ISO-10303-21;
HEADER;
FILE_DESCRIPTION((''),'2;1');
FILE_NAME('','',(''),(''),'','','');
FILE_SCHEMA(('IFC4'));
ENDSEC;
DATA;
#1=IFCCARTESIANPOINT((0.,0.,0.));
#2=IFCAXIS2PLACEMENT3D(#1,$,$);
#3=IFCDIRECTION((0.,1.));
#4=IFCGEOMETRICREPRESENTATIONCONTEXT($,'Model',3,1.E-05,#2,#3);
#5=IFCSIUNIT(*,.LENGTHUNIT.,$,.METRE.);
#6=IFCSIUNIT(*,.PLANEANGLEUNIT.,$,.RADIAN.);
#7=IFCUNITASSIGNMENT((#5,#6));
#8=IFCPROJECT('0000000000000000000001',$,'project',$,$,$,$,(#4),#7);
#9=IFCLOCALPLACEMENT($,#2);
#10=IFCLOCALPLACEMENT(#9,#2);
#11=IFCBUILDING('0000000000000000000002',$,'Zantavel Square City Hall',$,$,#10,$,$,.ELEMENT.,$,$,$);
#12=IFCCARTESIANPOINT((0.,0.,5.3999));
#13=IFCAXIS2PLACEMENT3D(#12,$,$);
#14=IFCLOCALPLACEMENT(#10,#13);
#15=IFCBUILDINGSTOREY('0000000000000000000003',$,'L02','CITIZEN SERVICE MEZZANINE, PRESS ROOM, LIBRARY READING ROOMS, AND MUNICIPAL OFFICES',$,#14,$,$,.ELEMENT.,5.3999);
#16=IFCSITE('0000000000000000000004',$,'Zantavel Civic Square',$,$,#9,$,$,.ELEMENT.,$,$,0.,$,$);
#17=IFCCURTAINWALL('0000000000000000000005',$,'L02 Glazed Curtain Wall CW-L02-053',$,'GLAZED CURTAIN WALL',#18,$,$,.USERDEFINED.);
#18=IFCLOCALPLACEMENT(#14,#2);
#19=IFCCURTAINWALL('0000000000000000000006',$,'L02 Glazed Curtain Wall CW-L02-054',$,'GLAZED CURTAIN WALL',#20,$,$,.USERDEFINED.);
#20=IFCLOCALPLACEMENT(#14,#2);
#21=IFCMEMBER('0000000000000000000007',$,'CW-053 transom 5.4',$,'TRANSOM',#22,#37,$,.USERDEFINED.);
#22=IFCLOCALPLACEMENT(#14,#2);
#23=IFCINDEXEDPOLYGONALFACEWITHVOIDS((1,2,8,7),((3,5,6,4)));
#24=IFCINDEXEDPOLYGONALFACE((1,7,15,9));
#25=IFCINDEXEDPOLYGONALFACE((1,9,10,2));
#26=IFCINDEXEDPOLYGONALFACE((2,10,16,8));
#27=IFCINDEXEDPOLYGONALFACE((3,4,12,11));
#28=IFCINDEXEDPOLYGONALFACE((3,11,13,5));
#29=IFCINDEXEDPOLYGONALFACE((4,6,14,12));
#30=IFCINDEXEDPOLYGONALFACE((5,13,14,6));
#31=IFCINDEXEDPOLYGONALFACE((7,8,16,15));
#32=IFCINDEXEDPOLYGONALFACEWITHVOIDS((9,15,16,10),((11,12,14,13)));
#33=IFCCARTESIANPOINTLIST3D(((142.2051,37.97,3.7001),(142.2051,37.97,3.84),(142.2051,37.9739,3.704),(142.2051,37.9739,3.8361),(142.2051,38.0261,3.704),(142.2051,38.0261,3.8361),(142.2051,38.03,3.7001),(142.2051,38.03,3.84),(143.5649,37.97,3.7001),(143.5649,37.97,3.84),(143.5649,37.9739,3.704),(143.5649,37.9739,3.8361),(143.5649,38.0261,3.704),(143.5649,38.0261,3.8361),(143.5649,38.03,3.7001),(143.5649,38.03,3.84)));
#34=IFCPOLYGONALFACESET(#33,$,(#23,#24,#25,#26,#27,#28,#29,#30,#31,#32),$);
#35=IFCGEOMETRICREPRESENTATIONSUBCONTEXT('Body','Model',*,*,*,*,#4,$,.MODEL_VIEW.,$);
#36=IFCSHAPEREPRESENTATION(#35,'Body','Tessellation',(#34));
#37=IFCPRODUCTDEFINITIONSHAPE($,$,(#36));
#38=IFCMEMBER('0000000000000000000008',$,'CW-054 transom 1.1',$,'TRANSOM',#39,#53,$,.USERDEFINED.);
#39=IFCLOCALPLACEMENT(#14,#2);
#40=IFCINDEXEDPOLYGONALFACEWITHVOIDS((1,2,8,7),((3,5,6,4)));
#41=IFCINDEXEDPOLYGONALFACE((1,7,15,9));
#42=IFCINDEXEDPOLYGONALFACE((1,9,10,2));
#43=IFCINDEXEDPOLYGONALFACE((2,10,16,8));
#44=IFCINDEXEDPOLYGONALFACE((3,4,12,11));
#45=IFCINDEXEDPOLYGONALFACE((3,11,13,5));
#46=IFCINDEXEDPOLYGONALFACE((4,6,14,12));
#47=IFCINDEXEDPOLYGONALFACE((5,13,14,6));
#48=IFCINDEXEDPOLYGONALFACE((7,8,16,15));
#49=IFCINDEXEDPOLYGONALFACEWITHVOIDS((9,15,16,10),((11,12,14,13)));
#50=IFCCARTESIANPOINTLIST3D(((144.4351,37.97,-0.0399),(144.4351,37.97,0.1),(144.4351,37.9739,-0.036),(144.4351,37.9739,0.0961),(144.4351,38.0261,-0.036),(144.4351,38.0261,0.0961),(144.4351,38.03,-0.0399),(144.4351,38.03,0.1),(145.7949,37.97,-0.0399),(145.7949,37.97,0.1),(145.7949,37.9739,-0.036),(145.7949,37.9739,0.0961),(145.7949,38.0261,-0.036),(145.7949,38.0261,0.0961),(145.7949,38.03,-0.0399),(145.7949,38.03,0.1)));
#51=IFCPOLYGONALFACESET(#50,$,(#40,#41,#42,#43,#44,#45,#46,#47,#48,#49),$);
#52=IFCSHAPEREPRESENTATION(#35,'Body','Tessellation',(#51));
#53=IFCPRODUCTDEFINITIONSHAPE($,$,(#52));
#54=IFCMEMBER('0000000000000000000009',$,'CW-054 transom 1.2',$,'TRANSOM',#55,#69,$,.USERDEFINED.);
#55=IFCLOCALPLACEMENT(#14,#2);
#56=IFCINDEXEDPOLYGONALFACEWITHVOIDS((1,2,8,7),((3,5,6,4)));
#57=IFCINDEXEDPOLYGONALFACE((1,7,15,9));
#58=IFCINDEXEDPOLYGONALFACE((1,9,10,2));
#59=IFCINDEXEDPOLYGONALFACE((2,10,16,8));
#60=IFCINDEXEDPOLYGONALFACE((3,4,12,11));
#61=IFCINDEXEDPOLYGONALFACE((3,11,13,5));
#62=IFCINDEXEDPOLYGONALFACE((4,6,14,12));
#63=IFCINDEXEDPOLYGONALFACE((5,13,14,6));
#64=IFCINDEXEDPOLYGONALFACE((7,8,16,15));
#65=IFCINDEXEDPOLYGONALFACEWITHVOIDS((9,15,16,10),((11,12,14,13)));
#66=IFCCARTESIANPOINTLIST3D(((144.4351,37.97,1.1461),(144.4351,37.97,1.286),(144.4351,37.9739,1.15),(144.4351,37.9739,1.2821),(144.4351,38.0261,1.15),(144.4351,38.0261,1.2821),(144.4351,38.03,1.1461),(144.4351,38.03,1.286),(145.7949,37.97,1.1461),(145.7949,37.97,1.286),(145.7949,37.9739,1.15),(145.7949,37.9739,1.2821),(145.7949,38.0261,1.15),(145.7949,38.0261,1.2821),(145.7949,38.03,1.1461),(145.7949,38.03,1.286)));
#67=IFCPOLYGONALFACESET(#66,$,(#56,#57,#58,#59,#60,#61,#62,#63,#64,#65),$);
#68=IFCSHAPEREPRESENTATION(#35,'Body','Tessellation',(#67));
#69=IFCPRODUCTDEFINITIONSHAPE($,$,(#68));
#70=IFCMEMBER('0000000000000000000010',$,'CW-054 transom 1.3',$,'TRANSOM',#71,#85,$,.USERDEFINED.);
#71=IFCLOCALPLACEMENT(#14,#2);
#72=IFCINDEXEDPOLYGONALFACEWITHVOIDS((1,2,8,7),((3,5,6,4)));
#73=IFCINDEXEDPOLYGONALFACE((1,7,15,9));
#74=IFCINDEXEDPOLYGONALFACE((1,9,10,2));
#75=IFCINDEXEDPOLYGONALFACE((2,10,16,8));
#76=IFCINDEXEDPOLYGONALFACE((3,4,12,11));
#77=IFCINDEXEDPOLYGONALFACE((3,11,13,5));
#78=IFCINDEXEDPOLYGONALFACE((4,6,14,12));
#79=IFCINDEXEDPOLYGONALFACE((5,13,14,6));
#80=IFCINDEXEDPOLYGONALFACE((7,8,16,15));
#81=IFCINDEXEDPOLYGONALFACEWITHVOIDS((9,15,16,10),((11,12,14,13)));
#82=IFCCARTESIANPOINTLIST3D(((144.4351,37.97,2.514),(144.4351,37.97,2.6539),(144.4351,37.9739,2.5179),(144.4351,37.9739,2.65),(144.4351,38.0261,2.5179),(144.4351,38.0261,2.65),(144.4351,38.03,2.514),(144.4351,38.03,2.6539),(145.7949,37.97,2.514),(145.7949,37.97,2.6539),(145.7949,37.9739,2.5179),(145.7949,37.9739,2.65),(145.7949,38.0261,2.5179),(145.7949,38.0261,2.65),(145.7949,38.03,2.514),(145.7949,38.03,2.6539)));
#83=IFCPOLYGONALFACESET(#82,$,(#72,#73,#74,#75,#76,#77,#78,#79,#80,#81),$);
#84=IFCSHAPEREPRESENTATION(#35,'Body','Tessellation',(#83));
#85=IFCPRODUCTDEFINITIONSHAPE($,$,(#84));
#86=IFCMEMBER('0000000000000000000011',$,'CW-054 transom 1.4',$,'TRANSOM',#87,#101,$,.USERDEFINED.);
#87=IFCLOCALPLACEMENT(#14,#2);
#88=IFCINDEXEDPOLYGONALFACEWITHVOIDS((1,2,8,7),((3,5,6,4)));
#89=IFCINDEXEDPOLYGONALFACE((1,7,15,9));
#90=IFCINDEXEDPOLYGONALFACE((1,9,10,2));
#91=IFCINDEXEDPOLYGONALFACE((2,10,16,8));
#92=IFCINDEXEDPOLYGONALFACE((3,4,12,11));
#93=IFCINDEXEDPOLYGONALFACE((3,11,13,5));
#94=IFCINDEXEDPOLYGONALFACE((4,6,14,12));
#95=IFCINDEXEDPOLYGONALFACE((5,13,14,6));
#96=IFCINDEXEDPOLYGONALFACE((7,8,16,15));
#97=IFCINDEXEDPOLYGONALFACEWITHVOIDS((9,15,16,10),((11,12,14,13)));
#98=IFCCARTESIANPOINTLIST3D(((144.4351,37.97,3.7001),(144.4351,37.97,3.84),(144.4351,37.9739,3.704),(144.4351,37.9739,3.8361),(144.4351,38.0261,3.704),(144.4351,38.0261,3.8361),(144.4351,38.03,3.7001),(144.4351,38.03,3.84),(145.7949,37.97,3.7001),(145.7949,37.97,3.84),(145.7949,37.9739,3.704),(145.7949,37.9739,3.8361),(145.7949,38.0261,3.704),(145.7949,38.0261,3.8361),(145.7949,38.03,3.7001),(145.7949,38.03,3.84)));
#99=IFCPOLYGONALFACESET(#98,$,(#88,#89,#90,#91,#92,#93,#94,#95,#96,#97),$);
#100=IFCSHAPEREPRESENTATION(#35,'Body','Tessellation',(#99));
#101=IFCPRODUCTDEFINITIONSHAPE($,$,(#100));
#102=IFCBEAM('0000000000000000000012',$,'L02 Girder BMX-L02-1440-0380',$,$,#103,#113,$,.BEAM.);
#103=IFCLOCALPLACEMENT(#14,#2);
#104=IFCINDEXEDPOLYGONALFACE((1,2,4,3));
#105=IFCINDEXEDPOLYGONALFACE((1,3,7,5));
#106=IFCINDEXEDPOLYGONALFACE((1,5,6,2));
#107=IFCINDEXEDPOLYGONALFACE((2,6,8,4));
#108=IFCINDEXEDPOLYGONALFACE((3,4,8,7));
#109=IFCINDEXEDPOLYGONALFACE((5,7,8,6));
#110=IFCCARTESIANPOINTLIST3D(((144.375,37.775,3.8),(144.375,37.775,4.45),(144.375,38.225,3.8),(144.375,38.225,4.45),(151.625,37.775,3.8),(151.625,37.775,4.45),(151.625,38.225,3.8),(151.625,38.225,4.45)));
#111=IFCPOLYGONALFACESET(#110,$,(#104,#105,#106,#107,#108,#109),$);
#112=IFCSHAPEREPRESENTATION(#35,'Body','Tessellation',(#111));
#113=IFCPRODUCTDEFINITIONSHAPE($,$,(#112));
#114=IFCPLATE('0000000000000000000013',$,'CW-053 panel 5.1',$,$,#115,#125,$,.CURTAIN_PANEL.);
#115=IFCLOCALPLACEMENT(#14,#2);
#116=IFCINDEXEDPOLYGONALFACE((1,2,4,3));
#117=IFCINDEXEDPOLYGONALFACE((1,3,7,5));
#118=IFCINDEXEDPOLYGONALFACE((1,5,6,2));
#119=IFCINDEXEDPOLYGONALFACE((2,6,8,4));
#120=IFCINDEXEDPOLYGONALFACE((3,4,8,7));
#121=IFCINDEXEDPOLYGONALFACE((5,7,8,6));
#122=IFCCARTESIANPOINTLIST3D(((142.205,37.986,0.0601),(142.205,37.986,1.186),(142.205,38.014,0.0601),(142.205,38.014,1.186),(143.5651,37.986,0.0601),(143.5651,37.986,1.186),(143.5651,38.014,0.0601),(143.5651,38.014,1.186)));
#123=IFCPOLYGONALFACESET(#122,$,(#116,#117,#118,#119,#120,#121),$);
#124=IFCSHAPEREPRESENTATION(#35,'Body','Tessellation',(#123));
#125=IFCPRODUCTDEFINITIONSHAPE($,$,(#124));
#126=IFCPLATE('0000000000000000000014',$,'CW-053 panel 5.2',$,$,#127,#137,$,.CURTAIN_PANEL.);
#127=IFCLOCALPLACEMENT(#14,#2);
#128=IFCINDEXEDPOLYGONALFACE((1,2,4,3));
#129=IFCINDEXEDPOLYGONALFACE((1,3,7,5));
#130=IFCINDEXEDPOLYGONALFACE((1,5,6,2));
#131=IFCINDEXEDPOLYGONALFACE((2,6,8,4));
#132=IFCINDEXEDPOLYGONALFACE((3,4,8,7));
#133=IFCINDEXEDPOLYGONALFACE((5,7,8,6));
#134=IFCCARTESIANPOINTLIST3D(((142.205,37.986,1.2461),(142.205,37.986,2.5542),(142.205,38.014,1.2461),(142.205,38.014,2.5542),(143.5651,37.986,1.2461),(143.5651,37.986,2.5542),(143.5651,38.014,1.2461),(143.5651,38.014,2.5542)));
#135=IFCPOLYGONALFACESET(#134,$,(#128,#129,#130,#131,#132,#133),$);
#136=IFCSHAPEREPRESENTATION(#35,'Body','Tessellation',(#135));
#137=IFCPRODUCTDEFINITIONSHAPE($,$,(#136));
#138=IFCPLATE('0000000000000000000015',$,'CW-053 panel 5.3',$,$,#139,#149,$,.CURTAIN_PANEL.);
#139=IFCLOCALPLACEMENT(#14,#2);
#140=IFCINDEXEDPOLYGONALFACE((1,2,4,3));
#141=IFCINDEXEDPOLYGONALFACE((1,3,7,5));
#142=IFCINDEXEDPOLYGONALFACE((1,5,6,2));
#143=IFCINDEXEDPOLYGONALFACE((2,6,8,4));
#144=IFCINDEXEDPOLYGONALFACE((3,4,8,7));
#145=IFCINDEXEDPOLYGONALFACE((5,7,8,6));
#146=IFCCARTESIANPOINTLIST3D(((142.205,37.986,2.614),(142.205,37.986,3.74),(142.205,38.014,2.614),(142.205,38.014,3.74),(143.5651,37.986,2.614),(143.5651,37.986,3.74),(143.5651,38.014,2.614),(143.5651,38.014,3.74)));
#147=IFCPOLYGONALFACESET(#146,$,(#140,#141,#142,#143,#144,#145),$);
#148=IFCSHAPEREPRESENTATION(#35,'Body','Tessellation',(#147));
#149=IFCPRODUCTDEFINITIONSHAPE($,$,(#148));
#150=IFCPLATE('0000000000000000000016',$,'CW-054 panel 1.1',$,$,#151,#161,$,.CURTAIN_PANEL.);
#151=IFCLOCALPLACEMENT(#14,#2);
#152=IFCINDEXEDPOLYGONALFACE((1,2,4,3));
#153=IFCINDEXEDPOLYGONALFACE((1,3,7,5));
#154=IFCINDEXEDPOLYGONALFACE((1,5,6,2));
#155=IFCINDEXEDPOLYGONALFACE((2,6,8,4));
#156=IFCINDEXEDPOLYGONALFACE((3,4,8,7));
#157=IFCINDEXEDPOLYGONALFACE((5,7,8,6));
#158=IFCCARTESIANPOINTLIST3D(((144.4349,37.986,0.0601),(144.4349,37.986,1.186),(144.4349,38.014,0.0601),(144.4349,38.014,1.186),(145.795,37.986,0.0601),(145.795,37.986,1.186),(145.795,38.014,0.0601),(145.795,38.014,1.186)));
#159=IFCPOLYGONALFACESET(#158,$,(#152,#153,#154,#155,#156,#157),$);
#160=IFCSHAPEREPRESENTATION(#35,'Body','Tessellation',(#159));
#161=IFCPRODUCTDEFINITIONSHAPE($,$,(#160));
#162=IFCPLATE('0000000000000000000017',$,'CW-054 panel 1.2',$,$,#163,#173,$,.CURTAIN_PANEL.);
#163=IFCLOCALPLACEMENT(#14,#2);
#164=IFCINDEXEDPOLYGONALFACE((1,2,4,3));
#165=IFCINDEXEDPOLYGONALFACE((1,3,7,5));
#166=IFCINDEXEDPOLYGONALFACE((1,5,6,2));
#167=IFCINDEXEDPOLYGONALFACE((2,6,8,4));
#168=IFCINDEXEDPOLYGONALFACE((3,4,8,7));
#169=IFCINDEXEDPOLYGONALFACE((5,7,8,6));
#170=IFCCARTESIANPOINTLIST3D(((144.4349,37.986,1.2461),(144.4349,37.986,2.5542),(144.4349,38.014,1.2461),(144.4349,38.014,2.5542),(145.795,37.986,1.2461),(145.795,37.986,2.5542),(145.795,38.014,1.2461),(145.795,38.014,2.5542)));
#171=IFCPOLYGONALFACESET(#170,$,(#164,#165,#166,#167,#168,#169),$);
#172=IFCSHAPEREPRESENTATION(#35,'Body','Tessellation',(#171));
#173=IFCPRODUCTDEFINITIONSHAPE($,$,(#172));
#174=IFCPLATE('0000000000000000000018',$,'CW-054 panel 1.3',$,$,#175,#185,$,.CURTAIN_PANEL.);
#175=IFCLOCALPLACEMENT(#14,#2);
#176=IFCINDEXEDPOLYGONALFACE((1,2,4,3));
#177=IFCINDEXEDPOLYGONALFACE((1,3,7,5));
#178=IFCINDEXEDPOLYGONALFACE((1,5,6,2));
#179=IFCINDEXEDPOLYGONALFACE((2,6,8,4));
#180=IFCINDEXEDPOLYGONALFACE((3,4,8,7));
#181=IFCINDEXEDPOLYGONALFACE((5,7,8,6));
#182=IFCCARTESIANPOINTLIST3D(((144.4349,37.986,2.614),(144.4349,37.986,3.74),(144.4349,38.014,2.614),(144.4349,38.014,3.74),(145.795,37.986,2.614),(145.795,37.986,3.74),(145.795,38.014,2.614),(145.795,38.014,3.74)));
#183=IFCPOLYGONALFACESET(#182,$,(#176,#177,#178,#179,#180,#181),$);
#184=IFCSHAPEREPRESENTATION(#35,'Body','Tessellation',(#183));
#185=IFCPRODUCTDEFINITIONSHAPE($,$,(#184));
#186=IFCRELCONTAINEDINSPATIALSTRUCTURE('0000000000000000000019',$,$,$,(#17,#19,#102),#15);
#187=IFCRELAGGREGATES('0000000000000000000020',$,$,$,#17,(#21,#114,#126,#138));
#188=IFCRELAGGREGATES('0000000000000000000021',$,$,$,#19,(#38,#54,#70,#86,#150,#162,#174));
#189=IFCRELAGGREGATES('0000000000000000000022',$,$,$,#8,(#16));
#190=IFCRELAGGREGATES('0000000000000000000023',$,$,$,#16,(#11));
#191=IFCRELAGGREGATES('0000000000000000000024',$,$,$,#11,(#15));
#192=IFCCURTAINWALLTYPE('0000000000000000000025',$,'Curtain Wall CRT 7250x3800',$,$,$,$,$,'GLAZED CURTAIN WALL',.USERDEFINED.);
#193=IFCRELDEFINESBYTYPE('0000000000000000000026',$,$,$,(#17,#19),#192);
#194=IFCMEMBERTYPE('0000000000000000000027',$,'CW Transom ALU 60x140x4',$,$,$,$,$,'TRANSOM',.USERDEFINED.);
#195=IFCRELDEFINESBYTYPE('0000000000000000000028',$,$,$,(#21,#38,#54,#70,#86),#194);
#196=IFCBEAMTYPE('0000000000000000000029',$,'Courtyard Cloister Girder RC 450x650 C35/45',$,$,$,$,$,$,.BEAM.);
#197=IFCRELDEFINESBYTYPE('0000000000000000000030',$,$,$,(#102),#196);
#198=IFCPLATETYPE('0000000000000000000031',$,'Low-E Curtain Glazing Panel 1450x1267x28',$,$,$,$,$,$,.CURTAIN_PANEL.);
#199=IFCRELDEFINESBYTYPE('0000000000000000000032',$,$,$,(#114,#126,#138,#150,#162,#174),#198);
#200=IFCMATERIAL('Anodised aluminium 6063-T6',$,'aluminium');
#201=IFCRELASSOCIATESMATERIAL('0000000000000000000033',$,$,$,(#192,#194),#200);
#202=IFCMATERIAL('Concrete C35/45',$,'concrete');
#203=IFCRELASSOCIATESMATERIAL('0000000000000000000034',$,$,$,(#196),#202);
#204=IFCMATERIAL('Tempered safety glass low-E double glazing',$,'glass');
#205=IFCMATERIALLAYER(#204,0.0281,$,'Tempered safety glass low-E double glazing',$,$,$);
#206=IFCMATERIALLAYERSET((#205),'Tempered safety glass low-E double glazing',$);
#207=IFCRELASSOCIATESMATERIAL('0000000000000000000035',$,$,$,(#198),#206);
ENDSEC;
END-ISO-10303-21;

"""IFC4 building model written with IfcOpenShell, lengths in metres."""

from ifc_helpers import new_model, si_unit, direction, frame, origin, origin_2d, place, context, subcontext, project, spatial, rectangle, hollow_rectangle, extrude, material, layer, layer_set, material_profile, profile_set, type_object, element, aggregate, save


model = new_model("IFC4")

# Units and contexts
model_context = context("Model", 3, precision=1e-05, world=origin(), true_north=direction((0.0, 1.0)))
body_context = subcontext(model_context, "Body", "Model", "MODEL_VIEW")
ifc_project = project(units=[si_unit("LENGTHUNIT", "METRE"), si_unit("PLANEANGLEUNIT", "RADIAN")], contexts=[model_context])

# Site, building, storey
site_placement = place(None, origin())
site = spatial("IfcSite", under=ifc_project, at=site_placement, Name="Zantavel Civic Square", CompositionType="ELEMENT", RefElevation=0.0)
building_placement = place(site_placement, origin())
building = spatial("IfcBuilding", under=site, at=building_placement, Name="Zantavel Square City Hall", CompositionType="ELEMENT")
storey_placement = place(building_placement, frame((0.0, 0.0, 5.3999)))
storey = spatial("IfcBuildingStorey", under=building, at=storey_placement, Name="L02", Description="CITIZEN SERVICE MEZZANINE, PRESS ROOM, LIBRARY READING ROOMS, AND MUNICIPAL OFFICES", CompositionType="ELEMENT", Elevation=5.3999)

# Curtain walls
ifc_material_1 = material(Name="Anodised aluminium 6063-T6", Category="aluminium")
curtain_wall_type = type_object("IfcCurtainWallType", Name="Curtain Wall CRT 7250x3800", ElementType="GLAZED CURTAIN WALL", PredefinedType="USERDEFINED", material=ifc_material_1)
curtain_wall_1_placement = place(storey_placement, origin())
curtain_wall_1 = element("IfcCurtainWall", 1, at=curtain_wall_1_placement, inside=storey, type_object=curtain_wall_type, Name="L02 Glazed Curtain Wall CW-L02-053", ObjectType="GLAZED CURTAIN WALL", PredefinedType="USERDEFINED")
curtain_wall_2_placement = place(storey_placement, origin())
curtain_wall_2 = element("IfcCurtainWall", 2, at=curtain_wall_2_placement, inside=storey, type_object=curtain_wall_type, Name="L02 Glazed Curtain Wall CW-L02-054", ObjectType="GLAZED CURTAIN WALL", PredefinedType="USERDEFINED")

# Members
ifc_material_profile_1 = material_profile(ifc_material_1, hollow_rectangle(XDim=0.0601, YDim=0.1399, WallThickness=0.0039, at=origin_2d()), Name="ALU 60x140x4")
ifc_profile_set_1 = profile_set([ifc_material_profile_1], Name="Anodised aluminium 6063-T6")
member_type_1 = type_object("IfcMemberType", Name="CW Transom ALU 60x140x4", ElementType="TRANSOM", PredefinedType="USERDEFINED", material=ifc_profile_set_1)
member_1_placement = place(storey_placement, frame((142.2051, 38.0, 3.77), z_axis=(1.0, 0.0, 0.0), x_axis=(0.0, 1.0, 0.0)))
member_1 = element("IfcMember", 3, at=member_1_placement, type_object=member_type_1, Name="CW-053 transom 5.4", ObjectType="TRANSOM", PredefinedType="USERDEFINED", context=body_context, shape_type="SweptSolid", body=[
    extrude(hollow_rectangle(XDim=0.0601, YDim=0.1399, WallThickness=0.0039, at=origin_2d()), origin(), (0.0, 0.0, 1.0), 1.3599),
])
member_2_placement = place(storey_placement, frame((144.4351, 38.0, 0.03), z_axis=(1.0, 0.0, 0.0), x_axis=(0.0, 1.0, 0.0)))
member_2 = element("IfcMember", 4, at=member_2_placement, type_object=member_type_1, Name="CW-054 transom 1.1", ObjectType="TRANSOM", PredefinedType="USERDEFINED", context=body_context, shape_type="SweptSolid", body=[
    extrude(hollow_rectangle(XDim=0.0601, YDim=0.1399, WallThickness=0.0039, at=origin_2d()), origin(), (0.0, 0.0, 1.0), 1.3599),
])
member_3_placement = place(storey_placement, frame((144.4351, 38.0, 1.2161), z_axis=(1.0, 0.0, 0.0), x_axis=(0.0, 1.0, 0.0)))
member_3 = element("IfcMember", 5, at=member_3_placement, type_object=member_type_1, Name="CW-054 transom 1.2", ObjectType="TRANSOM", PredefinedType="USERDEFINED", context=body_context, shape_type="SweptSolid", body=[
    extrude(hollow_rectangle(XDim=0.0601, YDim=0.1399, WallThickness=0.0039, at=origin_2d()), origin(), (0.0, 0.0, 1.0), 1.3599),
])
member_4_placement = place(storey_placement, frame((144.4351, 38.0, 2.584), z_axis=(1.0, 0.0, 0.0), x_axis=(0.0, 1.0, 0.0)))
member_4 = element("IfcMember", 6, at=member_4_placement, type_object=member_type_1, Name="CW-054 transom 1.3", ObjectType="TRANSOM", PredefinedType="USERDEFINED", context=body_context, shape_type="SweptSolid", body=[
    extrude(hollow_rectangle(XDim=0.0601, YDim=0.1399, WallThickness=0.0039, at=origin_2d()), origin(), (0.0, 0.0, 1.0), 1.3599),
])
member_5_placement = place(storey_placement, frame((144.4351, 38.0, 3.77), z_axis=(1.0, 0.0, 0.0), x_axis=(0.0, 1.0, 0.0)))
member_5 = element("IfcMember", 7, at=member_5_placement, type_object=member_type_1, Name="CW-054 transom 1.4", ObjectType="TRANSOM", PredefinedType="USERDEFINED", context=body_context, shape_type="SweptSolid", body=[
    extrude(hollow_rectangle(XDim=0.0601, YDim=0.1399, WallThickness=0.0039, at=origin_2d()), origin(), (0.0, 0.0, 1.0), 1.3599),
])

# Beam
ifc_material_2 = material(Name="Concrete C35/45", Category="concrete")
ifc_material_profile_2 = material_profile(ifc_material_2, rectangle(XDim=0.45, YDim=0.6499, at=origin_2d()), Name="RC 450x650")
ifc_profile_set_2 = profile_set([ifc_material_profile_2], Name="Concrete C35/45")
beam_type = type_object("IfcBeamType", Name="Courtyard Cloister Girder RC 450x650 C35/45", PredefinedType="BEAM", material=ifc_profile_set_2)
beam_placement = place(storey_placement, frame((144.375, 38.0, 4.125), z_axis=(1.0, 0.0, 0.0), x_axis=(0.0, 1.0, 0.0)))
element("IfcBeam", 8, at=beam_placement, inside=storey, type_object=beam_type, Name="L02 Girder BMX-L02-1440-0380", PredefinedType="BEAM", context=body_context, shape_type="SweptSolid", body=[
    extrude(rectangle(XDim=0.45, YDim=0.6499, at=origin_2d()), origin(), (0.0, 0.0, 1.0), 7.25),
])

# Plates
ifc_material_3 = material(Name="Tempered safety glass low-E double glazing", Category="glass")
ifc_layer = layer(ifc_material_3, 0.0281, Name="Tempered safety glass low-E double glazing")
ifc_layer_set = layer_set([ifc_layer], Name="Tempered safety glass low-E double glazing")
plate_type = type_object("IfcPlateType", Name="Low-E Curtain Glazing Panel 1450x1267x28", PredefinedType="CURTAIN_PANEL", material=ifc_layer_set)
plate_1_placement = place(storey_placement, frame((142.885, 38.0, 0.0601), z_axis=(0.0, 0.0, 1.0), x_axis=(1.0, 0.0, 0.0)))
plate_1 = element("IfcPlate", 9, at=plate_1_placement, type_object=plate_type, Name="CW-053 panel 5.1", PredefinedType="CURTAIN_PANEL", context=body_context, shape_type="SweptSolid", body=[
    extrude(rectangle(XDim=1.3601, YDim=0.0281, at=origin_2d()), origin(), (0.0, 0.0, 1.0), 1.126),
])
plate_2_placement = place(storey_placement, frame((142.885, 38.0, 1.2461), z_axis=(0.0, 0.0, 1.0), x_axis=(1.0, 0.0, 0.0)))
plate_2 = element("IfcPlate", 10, at=plate_2_placement, type_object=plate_type, Name="CW-053 panel 5.2", PredefinedType="CURTAIN_PANEL", context=body_context, shape_type="SweptSolid", body=[
    extrude(rectangle(XDim=1.3601, YDim=0.0281, at=origin_2d()), origin(), (0.0, 0.0, 1.0), 1.3081),
])
plate_3_placement = place(storey_placement, frame((142.885, 38.0, 2.614), z_axis=(0.0, 0.0, 1.0), x_axis=(1.0, 0.0, 0.0)))
plate_3 = element("IfcPlate", 11, at=plate_3_placement, type_object=plate_type, Name="CW-053 panel 5.3", PredefinedType="CURTAIN_PANEL", context=body_context, shape_type="SweptSolid", body=[
    extrude(rectangle(XDim=1.3601, YDim=0.0281, at=origin_2d()), origin(), (0.0, 0.0, 1.0), 1.126),
])
aggregate(curtain_wall_1, [member_1, plate_1, plate_2, plate_3])
plate_4_placement = place(storey_placement, frame((145.115, 38.0, 0.0601), z_axis=(0.0, 0.0, 1.0), x_axis=(1.0, 0.0, 0.0)))
plate_4 = element("IfcPlate", 12, at=plate_4_placement, type_object=plate_type, Name="CW-054 panel 1.1", PredefinedType="CURTAIN_PANEL", context=body_context, shape_type="SweptSolid", body=[
    extrude(rectangle(XDim=1.3601, YDim=0.0281, at=origin_2d()), origin(), (0.0, 0.0, 1.0), 1.126),
])
plate_5_placement = place(storey_placement, frame((145.115, 38.0, 1.2461), z_axis=(0.0, 0.0, 1.0), x_axis=(1.0, 0.0, 0.0)))
plate_5 = element("IfcPlate", 13, at=plate_5_placement, type_object=plate_type, Name="CW-054 panel 1.2", PredefinedType="CURTAIN_PANEL", context=body_context, shape_type="SweptSolid", body=[
    extrude(rectangle(XDim=1.3601, YDim=0.0281, at=origin_2d()), origin(), (0.0, 0.0, 1.0), 1.3081),
])
plate_6_placement = place(storey_placement, frame((145.115, 38.0, 2.614), z_axis=(0.0, 0.0, 1.0), x_axis=(1.0, 0.0, 0.0)))
plate_6 = element("IfcPlate", 14, at=plate_6_placement, type_object=plate_type, Name="CW-054 panel 1.3", PredefinedType="CURTAIN_PANEL", context=body_context, shape_type="SweptSolid", body=[
    extrude(rectangle(XDim=1.3601, YDim=0.0281, at=origin_2d()), origin(), (0.0, 0.0, 1.0), 1.126),
])
aggregate(curtain_wall_2, [member_2, member_3, member_4, member_5, plate_4, plate_5, plate_6])

save(model, "model.ifc")
